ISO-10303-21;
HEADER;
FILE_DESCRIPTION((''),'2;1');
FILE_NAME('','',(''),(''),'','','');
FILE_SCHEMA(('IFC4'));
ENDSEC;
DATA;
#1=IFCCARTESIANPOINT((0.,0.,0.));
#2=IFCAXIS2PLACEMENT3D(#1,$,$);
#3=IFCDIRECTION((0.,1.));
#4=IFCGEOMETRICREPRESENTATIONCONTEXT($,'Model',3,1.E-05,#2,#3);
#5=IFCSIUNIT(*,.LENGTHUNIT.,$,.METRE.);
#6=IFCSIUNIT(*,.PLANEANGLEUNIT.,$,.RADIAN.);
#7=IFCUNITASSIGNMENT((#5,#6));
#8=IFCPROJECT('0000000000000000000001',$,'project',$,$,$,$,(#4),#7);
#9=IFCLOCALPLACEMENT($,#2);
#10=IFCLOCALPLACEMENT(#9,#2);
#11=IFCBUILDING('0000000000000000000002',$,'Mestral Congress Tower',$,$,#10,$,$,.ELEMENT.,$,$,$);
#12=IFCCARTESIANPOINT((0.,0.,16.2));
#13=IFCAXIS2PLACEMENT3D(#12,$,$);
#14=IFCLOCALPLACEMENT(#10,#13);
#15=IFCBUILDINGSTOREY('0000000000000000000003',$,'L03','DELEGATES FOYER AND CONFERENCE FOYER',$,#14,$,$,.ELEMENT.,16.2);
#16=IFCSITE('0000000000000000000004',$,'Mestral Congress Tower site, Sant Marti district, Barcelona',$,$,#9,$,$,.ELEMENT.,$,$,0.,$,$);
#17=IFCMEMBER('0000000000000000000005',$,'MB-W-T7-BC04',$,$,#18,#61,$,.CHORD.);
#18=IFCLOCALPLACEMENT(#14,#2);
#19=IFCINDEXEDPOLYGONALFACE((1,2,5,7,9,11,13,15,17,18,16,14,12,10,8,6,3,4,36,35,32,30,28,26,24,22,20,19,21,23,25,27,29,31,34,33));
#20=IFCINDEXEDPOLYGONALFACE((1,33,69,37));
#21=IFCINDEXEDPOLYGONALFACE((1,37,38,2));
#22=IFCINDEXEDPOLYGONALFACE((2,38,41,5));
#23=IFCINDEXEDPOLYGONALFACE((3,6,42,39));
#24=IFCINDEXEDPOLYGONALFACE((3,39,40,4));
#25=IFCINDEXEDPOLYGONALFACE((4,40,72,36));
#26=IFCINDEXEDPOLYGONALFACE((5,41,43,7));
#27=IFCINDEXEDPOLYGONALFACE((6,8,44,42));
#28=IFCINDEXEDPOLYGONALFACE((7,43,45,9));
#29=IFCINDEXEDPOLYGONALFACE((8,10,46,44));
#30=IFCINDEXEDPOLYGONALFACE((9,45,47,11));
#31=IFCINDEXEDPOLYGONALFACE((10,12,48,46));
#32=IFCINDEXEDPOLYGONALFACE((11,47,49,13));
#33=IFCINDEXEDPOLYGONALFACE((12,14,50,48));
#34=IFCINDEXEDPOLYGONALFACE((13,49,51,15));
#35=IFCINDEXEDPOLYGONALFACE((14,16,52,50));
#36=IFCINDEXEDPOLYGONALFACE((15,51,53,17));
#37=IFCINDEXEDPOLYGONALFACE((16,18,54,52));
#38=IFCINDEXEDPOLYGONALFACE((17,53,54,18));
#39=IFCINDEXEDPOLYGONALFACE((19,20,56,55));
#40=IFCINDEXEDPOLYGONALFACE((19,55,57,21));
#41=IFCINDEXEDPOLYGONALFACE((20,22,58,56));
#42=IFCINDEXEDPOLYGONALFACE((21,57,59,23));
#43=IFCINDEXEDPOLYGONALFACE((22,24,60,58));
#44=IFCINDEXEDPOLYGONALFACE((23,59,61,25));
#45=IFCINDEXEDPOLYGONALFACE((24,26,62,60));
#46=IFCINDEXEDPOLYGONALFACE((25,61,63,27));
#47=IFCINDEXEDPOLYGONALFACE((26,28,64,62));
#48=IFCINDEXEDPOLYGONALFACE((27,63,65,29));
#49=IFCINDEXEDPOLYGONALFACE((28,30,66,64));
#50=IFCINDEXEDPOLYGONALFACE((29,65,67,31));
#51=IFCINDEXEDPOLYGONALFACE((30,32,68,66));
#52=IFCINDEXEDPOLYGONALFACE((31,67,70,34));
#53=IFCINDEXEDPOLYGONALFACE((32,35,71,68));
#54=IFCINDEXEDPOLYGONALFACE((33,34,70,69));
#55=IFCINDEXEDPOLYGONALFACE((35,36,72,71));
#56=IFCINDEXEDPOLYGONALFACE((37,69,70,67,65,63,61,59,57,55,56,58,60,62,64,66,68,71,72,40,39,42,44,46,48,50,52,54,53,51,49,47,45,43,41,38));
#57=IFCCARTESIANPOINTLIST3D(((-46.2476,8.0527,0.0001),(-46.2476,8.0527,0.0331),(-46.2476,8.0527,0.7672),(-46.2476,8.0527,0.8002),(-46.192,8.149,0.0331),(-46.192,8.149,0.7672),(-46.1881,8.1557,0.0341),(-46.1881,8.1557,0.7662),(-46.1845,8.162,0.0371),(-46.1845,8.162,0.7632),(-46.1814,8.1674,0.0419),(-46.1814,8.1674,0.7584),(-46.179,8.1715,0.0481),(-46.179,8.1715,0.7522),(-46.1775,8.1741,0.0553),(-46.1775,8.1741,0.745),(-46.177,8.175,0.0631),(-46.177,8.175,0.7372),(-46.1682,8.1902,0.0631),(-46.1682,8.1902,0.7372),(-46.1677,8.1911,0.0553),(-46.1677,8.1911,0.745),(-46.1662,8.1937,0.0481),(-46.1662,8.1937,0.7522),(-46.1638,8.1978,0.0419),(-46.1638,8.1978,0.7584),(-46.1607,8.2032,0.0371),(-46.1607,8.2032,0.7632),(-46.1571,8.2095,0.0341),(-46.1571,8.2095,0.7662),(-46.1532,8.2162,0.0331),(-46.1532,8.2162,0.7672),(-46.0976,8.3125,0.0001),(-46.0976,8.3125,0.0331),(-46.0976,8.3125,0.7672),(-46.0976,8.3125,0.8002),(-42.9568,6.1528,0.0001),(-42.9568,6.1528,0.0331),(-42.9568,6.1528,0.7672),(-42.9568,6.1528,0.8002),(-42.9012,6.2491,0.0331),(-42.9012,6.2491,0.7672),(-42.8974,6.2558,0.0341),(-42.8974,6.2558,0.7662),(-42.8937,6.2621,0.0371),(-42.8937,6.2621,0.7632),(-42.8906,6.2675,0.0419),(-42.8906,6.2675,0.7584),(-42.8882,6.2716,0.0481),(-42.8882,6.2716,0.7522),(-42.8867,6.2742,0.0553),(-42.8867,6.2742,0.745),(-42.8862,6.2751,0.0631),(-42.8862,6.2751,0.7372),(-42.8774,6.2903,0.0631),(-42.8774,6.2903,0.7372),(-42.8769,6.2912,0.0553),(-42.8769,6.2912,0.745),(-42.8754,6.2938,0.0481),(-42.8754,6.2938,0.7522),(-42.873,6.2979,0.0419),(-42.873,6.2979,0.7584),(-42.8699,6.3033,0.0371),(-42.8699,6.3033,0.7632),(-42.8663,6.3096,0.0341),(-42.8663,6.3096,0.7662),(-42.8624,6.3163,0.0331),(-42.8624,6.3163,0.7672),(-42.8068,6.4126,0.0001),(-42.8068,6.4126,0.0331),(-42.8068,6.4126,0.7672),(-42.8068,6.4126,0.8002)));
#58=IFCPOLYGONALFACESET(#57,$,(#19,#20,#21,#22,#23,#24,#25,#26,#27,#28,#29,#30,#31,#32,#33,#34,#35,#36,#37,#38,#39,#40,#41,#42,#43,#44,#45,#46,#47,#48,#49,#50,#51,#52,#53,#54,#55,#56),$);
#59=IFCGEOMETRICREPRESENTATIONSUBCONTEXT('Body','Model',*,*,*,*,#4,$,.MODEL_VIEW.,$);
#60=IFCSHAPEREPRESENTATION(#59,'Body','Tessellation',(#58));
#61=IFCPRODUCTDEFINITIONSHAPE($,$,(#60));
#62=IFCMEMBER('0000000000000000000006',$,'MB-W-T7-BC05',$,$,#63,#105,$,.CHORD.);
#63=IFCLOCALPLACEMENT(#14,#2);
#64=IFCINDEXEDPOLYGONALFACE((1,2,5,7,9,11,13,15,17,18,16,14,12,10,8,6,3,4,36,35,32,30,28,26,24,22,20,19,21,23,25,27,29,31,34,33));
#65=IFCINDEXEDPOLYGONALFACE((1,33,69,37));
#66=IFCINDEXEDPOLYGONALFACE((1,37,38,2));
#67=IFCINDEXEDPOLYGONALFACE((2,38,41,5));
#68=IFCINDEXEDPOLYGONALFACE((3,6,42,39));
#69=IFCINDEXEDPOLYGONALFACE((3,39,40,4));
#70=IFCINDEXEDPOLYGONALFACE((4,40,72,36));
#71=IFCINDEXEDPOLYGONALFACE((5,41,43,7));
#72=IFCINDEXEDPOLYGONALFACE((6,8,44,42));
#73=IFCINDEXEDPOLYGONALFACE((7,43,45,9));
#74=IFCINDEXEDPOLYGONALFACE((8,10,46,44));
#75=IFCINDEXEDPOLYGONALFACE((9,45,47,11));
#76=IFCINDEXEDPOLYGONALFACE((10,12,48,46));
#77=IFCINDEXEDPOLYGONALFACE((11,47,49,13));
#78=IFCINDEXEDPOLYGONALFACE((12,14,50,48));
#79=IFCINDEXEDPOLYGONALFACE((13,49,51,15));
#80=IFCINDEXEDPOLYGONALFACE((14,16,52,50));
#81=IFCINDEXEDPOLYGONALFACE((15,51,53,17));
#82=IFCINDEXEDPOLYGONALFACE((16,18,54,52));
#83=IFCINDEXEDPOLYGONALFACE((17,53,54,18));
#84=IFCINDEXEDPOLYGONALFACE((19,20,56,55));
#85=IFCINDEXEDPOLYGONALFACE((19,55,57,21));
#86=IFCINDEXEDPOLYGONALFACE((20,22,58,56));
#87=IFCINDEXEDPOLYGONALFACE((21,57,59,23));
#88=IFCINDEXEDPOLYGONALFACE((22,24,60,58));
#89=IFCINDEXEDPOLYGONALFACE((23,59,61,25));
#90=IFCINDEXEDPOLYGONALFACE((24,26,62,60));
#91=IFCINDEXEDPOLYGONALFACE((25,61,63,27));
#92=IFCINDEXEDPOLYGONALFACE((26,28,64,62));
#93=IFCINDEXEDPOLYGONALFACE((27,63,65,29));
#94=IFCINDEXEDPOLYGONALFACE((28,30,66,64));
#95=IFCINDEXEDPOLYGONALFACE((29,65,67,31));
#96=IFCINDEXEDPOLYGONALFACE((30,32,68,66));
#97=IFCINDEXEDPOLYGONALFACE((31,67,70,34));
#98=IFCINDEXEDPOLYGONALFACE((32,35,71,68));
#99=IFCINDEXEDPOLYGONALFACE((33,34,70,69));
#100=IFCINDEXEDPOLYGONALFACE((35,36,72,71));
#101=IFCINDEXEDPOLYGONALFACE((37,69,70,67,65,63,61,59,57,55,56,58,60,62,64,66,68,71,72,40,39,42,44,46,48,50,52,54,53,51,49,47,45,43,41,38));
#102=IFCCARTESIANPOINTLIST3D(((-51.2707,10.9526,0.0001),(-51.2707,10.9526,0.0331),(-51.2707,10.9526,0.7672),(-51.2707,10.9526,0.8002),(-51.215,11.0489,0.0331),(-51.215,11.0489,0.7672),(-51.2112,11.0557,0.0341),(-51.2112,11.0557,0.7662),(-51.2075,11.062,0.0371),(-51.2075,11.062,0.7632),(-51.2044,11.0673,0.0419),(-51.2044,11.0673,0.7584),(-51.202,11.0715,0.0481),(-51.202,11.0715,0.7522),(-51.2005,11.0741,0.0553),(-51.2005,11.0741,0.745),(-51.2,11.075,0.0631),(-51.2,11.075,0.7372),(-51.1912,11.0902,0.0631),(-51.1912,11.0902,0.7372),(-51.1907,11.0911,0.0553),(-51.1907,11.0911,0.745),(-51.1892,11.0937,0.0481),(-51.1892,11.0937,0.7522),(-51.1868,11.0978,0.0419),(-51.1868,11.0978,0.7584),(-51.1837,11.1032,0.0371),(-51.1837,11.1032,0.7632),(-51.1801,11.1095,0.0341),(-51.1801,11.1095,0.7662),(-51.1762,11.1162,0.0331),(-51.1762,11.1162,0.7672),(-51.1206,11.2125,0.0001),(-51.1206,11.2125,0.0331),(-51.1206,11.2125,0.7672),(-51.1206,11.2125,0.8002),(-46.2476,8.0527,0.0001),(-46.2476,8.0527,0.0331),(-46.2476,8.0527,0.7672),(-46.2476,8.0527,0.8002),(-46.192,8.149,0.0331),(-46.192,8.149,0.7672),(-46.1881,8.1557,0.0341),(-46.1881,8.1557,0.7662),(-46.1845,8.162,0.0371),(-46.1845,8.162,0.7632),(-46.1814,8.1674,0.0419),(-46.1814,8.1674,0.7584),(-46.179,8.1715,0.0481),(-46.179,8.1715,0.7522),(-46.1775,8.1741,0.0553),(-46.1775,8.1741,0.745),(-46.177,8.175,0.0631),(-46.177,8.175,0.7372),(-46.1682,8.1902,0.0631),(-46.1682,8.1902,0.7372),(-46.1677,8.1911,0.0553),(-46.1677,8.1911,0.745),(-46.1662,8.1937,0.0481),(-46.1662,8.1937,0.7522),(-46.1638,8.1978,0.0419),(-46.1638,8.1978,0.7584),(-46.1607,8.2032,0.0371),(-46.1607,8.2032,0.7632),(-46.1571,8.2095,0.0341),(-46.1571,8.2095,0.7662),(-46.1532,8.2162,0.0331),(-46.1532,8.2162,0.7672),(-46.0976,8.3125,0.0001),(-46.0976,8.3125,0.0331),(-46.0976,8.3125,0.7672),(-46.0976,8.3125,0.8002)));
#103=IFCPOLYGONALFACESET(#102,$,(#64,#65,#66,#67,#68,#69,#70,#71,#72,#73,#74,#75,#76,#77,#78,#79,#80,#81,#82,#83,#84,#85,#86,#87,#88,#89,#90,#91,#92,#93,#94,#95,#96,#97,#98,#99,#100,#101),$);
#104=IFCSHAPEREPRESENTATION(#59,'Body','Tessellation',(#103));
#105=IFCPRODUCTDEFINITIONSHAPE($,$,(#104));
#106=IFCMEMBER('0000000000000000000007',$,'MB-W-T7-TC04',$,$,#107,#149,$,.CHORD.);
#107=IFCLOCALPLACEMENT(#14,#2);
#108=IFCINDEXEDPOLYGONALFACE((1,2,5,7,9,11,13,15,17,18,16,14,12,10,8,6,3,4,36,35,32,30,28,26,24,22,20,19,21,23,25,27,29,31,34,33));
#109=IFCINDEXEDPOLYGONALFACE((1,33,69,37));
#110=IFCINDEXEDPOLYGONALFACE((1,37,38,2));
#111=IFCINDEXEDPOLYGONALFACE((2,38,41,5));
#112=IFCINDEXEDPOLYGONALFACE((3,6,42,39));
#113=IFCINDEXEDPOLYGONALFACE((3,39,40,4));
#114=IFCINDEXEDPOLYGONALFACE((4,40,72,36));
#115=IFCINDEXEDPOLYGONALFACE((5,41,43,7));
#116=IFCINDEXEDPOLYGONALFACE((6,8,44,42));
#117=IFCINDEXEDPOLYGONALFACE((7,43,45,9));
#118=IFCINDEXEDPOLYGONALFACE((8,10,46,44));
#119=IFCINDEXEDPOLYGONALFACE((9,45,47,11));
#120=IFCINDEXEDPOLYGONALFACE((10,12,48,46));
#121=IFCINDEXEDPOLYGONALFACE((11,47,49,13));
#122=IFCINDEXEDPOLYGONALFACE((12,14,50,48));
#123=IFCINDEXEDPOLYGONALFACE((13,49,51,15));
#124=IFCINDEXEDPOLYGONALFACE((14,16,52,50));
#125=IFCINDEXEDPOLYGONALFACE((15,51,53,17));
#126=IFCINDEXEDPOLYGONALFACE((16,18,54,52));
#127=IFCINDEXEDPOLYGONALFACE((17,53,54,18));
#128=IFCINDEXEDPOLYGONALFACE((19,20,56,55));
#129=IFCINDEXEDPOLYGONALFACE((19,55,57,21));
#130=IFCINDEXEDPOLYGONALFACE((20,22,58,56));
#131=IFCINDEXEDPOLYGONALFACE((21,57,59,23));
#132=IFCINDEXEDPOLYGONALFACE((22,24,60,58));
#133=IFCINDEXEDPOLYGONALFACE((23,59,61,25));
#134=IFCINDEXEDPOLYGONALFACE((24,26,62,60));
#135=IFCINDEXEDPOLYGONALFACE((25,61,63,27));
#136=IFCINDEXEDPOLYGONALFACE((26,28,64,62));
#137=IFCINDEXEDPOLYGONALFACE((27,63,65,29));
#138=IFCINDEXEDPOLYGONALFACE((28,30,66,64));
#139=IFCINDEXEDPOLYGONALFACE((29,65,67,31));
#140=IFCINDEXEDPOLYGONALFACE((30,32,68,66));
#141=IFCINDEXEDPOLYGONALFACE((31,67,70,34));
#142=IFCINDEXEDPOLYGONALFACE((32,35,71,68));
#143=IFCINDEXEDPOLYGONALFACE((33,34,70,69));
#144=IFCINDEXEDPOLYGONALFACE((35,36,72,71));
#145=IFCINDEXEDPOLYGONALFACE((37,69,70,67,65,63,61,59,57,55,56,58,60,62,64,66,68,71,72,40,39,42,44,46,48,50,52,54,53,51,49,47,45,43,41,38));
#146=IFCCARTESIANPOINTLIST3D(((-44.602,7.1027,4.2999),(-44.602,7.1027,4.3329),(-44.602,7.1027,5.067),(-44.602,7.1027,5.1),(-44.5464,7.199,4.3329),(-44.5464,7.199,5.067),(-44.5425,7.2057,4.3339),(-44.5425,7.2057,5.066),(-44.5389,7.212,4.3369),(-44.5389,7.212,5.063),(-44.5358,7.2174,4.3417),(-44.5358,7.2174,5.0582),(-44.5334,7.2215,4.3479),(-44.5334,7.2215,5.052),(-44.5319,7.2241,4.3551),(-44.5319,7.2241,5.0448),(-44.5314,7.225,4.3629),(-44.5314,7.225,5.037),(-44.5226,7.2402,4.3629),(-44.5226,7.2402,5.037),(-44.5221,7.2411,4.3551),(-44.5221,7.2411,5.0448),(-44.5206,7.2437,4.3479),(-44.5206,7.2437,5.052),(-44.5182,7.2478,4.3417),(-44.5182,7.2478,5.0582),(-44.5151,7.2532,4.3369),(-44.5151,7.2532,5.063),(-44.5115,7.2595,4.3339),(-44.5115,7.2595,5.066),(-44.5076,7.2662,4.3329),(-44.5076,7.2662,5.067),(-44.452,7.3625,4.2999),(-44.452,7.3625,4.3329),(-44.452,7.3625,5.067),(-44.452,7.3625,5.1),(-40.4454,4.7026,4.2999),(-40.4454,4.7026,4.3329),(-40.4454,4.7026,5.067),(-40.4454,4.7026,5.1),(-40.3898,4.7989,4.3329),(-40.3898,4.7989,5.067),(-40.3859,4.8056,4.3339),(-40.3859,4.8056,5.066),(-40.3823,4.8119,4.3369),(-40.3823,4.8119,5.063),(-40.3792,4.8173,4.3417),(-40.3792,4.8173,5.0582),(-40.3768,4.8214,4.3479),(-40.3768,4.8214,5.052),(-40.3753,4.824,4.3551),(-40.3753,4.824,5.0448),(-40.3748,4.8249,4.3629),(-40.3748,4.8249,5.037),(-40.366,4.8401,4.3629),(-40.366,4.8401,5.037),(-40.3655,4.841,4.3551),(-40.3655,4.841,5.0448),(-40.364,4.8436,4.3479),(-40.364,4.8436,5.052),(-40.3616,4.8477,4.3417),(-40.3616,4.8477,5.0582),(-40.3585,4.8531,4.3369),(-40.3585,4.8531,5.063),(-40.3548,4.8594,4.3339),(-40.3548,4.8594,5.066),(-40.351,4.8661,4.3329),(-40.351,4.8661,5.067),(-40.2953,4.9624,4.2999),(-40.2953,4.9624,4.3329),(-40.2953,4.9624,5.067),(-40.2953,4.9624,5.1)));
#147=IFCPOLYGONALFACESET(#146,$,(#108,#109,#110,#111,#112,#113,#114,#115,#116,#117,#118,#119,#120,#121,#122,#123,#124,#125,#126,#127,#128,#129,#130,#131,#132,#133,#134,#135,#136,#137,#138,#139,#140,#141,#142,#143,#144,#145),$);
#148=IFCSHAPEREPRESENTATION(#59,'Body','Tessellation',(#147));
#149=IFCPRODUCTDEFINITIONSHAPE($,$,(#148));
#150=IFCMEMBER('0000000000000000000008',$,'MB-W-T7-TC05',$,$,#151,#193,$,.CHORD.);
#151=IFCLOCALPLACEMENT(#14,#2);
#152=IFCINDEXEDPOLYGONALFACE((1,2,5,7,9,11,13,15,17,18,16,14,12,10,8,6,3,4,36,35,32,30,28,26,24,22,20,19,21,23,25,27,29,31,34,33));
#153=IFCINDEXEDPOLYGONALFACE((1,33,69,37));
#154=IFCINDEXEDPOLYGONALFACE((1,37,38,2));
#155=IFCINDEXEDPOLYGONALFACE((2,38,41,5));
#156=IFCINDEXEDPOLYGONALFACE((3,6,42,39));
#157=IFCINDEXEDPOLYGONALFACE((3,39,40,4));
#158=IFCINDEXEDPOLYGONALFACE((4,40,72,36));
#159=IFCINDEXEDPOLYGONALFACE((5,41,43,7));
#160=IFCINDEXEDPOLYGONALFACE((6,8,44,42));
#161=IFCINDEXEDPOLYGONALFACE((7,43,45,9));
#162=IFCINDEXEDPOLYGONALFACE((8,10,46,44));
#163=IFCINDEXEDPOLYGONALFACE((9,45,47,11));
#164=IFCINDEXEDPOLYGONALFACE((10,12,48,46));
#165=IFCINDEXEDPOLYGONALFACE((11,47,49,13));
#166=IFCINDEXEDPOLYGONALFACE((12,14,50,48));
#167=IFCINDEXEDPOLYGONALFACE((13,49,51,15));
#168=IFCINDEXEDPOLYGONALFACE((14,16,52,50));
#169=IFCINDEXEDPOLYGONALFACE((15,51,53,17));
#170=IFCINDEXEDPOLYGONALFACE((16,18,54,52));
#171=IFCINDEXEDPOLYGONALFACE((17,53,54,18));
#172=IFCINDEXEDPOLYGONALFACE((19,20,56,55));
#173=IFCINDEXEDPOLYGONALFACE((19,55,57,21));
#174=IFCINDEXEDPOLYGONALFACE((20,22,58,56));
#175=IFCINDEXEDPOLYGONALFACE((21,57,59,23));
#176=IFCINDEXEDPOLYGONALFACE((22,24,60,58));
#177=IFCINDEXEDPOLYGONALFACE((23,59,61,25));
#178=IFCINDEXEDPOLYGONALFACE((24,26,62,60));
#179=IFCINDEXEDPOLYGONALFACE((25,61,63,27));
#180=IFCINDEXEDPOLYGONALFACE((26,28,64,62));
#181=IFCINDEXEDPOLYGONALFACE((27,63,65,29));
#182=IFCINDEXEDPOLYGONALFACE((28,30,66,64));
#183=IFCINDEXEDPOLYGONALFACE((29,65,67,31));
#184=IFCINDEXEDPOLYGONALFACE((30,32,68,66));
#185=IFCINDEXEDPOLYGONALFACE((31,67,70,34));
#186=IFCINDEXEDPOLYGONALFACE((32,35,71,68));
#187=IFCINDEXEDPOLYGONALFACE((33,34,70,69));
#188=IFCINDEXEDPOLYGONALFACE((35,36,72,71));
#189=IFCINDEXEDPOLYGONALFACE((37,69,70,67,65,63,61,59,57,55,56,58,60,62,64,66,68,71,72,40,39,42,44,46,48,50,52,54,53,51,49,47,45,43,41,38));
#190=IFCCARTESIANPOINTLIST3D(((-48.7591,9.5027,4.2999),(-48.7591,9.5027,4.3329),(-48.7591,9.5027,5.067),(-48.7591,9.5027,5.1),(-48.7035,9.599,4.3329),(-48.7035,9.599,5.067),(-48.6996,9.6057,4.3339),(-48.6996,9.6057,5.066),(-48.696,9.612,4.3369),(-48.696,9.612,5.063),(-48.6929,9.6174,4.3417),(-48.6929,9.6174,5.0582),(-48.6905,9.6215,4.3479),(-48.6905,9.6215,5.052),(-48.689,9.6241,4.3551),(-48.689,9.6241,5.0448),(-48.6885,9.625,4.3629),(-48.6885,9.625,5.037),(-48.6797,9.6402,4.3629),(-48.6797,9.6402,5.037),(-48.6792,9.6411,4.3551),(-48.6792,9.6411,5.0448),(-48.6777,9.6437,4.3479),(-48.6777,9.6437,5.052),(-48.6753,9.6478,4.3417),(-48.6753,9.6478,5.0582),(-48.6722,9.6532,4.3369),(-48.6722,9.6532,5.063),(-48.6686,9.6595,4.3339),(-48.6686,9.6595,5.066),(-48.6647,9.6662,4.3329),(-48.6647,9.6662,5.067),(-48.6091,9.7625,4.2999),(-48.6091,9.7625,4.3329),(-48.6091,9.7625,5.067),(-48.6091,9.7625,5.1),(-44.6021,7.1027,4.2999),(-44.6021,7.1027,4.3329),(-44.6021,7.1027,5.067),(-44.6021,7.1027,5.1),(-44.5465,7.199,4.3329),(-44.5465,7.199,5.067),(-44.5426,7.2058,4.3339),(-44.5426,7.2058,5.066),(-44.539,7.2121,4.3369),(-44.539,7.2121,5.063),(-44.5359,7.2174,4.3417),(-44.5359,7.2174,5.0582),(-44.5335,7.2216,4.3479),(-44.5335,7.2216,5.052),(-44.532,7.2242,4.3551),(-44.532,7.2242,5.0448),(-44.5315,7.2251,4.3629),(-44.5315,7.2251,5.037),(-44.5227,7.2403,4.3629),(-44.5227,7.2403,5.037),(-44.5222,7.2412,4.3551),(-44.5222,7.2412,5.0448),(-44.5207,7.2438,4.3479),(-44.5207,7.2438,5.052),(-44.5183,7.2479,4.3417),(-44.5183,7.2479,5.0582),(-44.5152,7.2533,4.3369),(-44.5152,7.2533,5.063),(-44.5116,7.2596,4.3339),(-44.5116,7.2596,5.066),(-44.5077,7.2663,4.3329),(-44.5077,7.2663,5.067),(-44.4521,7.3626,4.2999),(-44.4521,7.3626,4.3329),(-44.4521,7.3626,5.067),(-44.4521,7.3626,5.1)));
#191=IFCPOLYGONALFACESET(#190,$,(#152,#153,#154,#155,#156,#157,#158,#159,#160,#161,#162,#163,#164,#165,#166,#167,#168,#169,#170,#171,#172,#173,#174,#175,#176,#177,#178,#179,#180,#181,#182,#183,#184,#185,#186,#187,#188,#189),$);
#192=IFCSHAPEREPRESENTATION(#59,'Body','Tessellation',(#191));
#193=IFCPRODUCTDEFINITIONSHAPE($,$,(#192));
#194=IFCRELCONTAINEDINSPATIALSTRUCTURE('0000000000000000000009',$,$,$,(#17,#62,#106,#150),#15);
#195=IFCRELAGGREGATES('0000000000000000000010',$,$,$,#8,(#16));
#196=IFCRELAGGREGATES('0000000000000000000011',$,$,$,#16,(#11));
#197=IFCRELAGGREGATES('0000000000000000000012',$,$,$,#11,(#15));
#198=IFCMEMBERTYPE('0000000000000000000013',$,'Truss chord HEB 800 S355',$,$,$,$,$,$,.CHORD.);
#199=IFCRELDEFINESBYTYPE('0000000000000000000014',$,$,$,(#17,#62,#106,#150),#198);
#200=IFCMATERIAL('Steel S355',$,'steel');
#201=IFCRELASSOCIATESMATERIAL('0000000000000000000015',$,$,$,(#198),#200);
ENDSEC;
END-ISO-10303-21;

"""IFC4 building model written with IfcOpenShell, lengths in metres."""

from ifc_helpers import new_model, si_unit, direction, frame, origin, origin_2d, place, context, subcontext, project, spatial, i_section, extrude, material, material_profile, profile_set, type_object, element, save


model = new_model("IFC4")

# Units and contexts
model_context = context("Model", 3, precision=1e-05, world=origin(), true_north=direction((0.0, 1.0)))
body_context = subcontext(model_context, "Body", "Model", "MODEL_VIEW")
ifc_project = project(units=[si_unit("LENGTHUNIT", "METRE"), si_unit("PLANEANGLEUNIT", "RADIAN")], contexts=[model_context])

# Site, building, storey
site_placement = place(None, origin())
site = spatial("IfcSite", under=ifc_project, at=site_placement, Name="Mestral Congress Tower site, Sant Marti district, Barcelona", CompositionType="ELEMENT", RefElevation=0.0)
building_placement = place(site_placement, origin())
building = spatial("IfcBuilding", under=site, at=building_placement, Name="Mestral Congress Tower", CompositionType="ELEMENT")
storey_placement = place(building_placement, frame((0.0, 0.0, 16.2)))
storey = spatial("IfcBuildingStorey", under=building, at=storey_placement, Name="L03", Description="DELEGATES FOYER AND CONFERENCE FOYER", CompositionType="ELEMENT", Elevation=16.2)

# Members
ifc_material = material(Name="Steel S355", Category="steel")
ifc_material_profile_1 = material_profile(ifc_material, i_section(OverallWidth=0.3, OverallDepth=0.8, WebThickness=0.0176, FlangeThickness=0.033, FilletRadius=0.03, at=origin_2d()), Name="HEB 800")
ifc_profile_set_1 = profile_set([ifc_material_profile_1], Name="Steel S355")
member_type_1 = type_object("IfcMemberType", Name="Truss chord HEB 800 S355", PredefinedType="CHORD", material=ifc_profile_set_1)
member_1_placement = place(storey_placement, frame((-42.8818, 6.2827, 0.4001), z_axis=(-0.866028, 0.499995, 0.0), x_axis=(-0.499995, -0.866028, 0.0)))
element("IfcMember", 1, at=member_1_placement, inside=storey, type_object=member_type_1, Name="MB-W-T7-BC04", PredefinedType="CHORD", context=body_context, shape_type="SweptSolid", body=[
    extrude(i_section(OverallWidth=0.3, OverallDepth=0.8, WebThickness=0.0176, FlangeThickness=0.033, FilletRadius=0.03, at=origin_2d()), origin(), (0.0, 0.0, 1.0), 3.7998),
])
member_2_placement = place(storey_placement, frame((-46.1726, 8.1826, 0.4001), z_axis=(-0.866033, 0.499987, 0.0), x_axis=(-0.499987, -0.866033, 0.0)))
element("IfcMember", 2, at=member_2_placement, inside=storey, type_object=member_type_1, Name="MB-W-T7-BC05", PredefinedType="CHORD", context=body_context, shape_type="SweptSolid", body=[
    extrude(i_section(OverallWidth=0.3, OverallDepth=0.8, WebThickness=0.0176, FlangeThickness=0.033, FilletRadius=0.03, at=origin_2d()), origin(), (0.0, 0.0, 1.0), 5.8),
])
member_3_placement = place(storey_placement, frame((-40.3704, 4.8325, 4.7), z_axis=(-0.866003, 0.500039, 0.0), x_axis=(-0.500039, -0.866003, 0.0)))
element("IfcMember", 3, at=member_3_placement, inside=storey, type_object=member_type_1, Name="MB-W-T7-TC04", PredefinedType="CHORD", context=body_context, shape_type="SweptSolid", body=[
    extrude(i_section(OverallWidth=0.3, OverallDepth=0.8, WebThickness=0.0176, FlangeThickness=0.033, FilletRadius=0.03, at=origin_2d()), origin(), (0.0, 0.0, 1.0), 4.7998),
])
for number, where, z_axis, x_axis, name in (
    (4, (-44.5271, 7.2327, 4.7), (-0.866037, 0.499979, 0.0), (-0.499979, -0.866037, 0.0), "MB-W-T7-TC05"),
):
    element("IfcMember", number, at=place(storey_placement, frame(where, z_axis=z_axis, x_axis=x_axis)), inside=storey, type_object=member_type_1, Name=name, PredefinedType="CHORD", context=body_context, shape_type="SweptSolid", body=[
        extrude(i_section(OverallWidth=0.3, OverallDepth=0.8, WebThickness=0.0176, FlangeThickness=0.033, FilletRadius=0.03, at=origin_2d()), origin(), (0.0, 0.0, 1.0), 4.8),
    ])

save(model, "model.ifc")
